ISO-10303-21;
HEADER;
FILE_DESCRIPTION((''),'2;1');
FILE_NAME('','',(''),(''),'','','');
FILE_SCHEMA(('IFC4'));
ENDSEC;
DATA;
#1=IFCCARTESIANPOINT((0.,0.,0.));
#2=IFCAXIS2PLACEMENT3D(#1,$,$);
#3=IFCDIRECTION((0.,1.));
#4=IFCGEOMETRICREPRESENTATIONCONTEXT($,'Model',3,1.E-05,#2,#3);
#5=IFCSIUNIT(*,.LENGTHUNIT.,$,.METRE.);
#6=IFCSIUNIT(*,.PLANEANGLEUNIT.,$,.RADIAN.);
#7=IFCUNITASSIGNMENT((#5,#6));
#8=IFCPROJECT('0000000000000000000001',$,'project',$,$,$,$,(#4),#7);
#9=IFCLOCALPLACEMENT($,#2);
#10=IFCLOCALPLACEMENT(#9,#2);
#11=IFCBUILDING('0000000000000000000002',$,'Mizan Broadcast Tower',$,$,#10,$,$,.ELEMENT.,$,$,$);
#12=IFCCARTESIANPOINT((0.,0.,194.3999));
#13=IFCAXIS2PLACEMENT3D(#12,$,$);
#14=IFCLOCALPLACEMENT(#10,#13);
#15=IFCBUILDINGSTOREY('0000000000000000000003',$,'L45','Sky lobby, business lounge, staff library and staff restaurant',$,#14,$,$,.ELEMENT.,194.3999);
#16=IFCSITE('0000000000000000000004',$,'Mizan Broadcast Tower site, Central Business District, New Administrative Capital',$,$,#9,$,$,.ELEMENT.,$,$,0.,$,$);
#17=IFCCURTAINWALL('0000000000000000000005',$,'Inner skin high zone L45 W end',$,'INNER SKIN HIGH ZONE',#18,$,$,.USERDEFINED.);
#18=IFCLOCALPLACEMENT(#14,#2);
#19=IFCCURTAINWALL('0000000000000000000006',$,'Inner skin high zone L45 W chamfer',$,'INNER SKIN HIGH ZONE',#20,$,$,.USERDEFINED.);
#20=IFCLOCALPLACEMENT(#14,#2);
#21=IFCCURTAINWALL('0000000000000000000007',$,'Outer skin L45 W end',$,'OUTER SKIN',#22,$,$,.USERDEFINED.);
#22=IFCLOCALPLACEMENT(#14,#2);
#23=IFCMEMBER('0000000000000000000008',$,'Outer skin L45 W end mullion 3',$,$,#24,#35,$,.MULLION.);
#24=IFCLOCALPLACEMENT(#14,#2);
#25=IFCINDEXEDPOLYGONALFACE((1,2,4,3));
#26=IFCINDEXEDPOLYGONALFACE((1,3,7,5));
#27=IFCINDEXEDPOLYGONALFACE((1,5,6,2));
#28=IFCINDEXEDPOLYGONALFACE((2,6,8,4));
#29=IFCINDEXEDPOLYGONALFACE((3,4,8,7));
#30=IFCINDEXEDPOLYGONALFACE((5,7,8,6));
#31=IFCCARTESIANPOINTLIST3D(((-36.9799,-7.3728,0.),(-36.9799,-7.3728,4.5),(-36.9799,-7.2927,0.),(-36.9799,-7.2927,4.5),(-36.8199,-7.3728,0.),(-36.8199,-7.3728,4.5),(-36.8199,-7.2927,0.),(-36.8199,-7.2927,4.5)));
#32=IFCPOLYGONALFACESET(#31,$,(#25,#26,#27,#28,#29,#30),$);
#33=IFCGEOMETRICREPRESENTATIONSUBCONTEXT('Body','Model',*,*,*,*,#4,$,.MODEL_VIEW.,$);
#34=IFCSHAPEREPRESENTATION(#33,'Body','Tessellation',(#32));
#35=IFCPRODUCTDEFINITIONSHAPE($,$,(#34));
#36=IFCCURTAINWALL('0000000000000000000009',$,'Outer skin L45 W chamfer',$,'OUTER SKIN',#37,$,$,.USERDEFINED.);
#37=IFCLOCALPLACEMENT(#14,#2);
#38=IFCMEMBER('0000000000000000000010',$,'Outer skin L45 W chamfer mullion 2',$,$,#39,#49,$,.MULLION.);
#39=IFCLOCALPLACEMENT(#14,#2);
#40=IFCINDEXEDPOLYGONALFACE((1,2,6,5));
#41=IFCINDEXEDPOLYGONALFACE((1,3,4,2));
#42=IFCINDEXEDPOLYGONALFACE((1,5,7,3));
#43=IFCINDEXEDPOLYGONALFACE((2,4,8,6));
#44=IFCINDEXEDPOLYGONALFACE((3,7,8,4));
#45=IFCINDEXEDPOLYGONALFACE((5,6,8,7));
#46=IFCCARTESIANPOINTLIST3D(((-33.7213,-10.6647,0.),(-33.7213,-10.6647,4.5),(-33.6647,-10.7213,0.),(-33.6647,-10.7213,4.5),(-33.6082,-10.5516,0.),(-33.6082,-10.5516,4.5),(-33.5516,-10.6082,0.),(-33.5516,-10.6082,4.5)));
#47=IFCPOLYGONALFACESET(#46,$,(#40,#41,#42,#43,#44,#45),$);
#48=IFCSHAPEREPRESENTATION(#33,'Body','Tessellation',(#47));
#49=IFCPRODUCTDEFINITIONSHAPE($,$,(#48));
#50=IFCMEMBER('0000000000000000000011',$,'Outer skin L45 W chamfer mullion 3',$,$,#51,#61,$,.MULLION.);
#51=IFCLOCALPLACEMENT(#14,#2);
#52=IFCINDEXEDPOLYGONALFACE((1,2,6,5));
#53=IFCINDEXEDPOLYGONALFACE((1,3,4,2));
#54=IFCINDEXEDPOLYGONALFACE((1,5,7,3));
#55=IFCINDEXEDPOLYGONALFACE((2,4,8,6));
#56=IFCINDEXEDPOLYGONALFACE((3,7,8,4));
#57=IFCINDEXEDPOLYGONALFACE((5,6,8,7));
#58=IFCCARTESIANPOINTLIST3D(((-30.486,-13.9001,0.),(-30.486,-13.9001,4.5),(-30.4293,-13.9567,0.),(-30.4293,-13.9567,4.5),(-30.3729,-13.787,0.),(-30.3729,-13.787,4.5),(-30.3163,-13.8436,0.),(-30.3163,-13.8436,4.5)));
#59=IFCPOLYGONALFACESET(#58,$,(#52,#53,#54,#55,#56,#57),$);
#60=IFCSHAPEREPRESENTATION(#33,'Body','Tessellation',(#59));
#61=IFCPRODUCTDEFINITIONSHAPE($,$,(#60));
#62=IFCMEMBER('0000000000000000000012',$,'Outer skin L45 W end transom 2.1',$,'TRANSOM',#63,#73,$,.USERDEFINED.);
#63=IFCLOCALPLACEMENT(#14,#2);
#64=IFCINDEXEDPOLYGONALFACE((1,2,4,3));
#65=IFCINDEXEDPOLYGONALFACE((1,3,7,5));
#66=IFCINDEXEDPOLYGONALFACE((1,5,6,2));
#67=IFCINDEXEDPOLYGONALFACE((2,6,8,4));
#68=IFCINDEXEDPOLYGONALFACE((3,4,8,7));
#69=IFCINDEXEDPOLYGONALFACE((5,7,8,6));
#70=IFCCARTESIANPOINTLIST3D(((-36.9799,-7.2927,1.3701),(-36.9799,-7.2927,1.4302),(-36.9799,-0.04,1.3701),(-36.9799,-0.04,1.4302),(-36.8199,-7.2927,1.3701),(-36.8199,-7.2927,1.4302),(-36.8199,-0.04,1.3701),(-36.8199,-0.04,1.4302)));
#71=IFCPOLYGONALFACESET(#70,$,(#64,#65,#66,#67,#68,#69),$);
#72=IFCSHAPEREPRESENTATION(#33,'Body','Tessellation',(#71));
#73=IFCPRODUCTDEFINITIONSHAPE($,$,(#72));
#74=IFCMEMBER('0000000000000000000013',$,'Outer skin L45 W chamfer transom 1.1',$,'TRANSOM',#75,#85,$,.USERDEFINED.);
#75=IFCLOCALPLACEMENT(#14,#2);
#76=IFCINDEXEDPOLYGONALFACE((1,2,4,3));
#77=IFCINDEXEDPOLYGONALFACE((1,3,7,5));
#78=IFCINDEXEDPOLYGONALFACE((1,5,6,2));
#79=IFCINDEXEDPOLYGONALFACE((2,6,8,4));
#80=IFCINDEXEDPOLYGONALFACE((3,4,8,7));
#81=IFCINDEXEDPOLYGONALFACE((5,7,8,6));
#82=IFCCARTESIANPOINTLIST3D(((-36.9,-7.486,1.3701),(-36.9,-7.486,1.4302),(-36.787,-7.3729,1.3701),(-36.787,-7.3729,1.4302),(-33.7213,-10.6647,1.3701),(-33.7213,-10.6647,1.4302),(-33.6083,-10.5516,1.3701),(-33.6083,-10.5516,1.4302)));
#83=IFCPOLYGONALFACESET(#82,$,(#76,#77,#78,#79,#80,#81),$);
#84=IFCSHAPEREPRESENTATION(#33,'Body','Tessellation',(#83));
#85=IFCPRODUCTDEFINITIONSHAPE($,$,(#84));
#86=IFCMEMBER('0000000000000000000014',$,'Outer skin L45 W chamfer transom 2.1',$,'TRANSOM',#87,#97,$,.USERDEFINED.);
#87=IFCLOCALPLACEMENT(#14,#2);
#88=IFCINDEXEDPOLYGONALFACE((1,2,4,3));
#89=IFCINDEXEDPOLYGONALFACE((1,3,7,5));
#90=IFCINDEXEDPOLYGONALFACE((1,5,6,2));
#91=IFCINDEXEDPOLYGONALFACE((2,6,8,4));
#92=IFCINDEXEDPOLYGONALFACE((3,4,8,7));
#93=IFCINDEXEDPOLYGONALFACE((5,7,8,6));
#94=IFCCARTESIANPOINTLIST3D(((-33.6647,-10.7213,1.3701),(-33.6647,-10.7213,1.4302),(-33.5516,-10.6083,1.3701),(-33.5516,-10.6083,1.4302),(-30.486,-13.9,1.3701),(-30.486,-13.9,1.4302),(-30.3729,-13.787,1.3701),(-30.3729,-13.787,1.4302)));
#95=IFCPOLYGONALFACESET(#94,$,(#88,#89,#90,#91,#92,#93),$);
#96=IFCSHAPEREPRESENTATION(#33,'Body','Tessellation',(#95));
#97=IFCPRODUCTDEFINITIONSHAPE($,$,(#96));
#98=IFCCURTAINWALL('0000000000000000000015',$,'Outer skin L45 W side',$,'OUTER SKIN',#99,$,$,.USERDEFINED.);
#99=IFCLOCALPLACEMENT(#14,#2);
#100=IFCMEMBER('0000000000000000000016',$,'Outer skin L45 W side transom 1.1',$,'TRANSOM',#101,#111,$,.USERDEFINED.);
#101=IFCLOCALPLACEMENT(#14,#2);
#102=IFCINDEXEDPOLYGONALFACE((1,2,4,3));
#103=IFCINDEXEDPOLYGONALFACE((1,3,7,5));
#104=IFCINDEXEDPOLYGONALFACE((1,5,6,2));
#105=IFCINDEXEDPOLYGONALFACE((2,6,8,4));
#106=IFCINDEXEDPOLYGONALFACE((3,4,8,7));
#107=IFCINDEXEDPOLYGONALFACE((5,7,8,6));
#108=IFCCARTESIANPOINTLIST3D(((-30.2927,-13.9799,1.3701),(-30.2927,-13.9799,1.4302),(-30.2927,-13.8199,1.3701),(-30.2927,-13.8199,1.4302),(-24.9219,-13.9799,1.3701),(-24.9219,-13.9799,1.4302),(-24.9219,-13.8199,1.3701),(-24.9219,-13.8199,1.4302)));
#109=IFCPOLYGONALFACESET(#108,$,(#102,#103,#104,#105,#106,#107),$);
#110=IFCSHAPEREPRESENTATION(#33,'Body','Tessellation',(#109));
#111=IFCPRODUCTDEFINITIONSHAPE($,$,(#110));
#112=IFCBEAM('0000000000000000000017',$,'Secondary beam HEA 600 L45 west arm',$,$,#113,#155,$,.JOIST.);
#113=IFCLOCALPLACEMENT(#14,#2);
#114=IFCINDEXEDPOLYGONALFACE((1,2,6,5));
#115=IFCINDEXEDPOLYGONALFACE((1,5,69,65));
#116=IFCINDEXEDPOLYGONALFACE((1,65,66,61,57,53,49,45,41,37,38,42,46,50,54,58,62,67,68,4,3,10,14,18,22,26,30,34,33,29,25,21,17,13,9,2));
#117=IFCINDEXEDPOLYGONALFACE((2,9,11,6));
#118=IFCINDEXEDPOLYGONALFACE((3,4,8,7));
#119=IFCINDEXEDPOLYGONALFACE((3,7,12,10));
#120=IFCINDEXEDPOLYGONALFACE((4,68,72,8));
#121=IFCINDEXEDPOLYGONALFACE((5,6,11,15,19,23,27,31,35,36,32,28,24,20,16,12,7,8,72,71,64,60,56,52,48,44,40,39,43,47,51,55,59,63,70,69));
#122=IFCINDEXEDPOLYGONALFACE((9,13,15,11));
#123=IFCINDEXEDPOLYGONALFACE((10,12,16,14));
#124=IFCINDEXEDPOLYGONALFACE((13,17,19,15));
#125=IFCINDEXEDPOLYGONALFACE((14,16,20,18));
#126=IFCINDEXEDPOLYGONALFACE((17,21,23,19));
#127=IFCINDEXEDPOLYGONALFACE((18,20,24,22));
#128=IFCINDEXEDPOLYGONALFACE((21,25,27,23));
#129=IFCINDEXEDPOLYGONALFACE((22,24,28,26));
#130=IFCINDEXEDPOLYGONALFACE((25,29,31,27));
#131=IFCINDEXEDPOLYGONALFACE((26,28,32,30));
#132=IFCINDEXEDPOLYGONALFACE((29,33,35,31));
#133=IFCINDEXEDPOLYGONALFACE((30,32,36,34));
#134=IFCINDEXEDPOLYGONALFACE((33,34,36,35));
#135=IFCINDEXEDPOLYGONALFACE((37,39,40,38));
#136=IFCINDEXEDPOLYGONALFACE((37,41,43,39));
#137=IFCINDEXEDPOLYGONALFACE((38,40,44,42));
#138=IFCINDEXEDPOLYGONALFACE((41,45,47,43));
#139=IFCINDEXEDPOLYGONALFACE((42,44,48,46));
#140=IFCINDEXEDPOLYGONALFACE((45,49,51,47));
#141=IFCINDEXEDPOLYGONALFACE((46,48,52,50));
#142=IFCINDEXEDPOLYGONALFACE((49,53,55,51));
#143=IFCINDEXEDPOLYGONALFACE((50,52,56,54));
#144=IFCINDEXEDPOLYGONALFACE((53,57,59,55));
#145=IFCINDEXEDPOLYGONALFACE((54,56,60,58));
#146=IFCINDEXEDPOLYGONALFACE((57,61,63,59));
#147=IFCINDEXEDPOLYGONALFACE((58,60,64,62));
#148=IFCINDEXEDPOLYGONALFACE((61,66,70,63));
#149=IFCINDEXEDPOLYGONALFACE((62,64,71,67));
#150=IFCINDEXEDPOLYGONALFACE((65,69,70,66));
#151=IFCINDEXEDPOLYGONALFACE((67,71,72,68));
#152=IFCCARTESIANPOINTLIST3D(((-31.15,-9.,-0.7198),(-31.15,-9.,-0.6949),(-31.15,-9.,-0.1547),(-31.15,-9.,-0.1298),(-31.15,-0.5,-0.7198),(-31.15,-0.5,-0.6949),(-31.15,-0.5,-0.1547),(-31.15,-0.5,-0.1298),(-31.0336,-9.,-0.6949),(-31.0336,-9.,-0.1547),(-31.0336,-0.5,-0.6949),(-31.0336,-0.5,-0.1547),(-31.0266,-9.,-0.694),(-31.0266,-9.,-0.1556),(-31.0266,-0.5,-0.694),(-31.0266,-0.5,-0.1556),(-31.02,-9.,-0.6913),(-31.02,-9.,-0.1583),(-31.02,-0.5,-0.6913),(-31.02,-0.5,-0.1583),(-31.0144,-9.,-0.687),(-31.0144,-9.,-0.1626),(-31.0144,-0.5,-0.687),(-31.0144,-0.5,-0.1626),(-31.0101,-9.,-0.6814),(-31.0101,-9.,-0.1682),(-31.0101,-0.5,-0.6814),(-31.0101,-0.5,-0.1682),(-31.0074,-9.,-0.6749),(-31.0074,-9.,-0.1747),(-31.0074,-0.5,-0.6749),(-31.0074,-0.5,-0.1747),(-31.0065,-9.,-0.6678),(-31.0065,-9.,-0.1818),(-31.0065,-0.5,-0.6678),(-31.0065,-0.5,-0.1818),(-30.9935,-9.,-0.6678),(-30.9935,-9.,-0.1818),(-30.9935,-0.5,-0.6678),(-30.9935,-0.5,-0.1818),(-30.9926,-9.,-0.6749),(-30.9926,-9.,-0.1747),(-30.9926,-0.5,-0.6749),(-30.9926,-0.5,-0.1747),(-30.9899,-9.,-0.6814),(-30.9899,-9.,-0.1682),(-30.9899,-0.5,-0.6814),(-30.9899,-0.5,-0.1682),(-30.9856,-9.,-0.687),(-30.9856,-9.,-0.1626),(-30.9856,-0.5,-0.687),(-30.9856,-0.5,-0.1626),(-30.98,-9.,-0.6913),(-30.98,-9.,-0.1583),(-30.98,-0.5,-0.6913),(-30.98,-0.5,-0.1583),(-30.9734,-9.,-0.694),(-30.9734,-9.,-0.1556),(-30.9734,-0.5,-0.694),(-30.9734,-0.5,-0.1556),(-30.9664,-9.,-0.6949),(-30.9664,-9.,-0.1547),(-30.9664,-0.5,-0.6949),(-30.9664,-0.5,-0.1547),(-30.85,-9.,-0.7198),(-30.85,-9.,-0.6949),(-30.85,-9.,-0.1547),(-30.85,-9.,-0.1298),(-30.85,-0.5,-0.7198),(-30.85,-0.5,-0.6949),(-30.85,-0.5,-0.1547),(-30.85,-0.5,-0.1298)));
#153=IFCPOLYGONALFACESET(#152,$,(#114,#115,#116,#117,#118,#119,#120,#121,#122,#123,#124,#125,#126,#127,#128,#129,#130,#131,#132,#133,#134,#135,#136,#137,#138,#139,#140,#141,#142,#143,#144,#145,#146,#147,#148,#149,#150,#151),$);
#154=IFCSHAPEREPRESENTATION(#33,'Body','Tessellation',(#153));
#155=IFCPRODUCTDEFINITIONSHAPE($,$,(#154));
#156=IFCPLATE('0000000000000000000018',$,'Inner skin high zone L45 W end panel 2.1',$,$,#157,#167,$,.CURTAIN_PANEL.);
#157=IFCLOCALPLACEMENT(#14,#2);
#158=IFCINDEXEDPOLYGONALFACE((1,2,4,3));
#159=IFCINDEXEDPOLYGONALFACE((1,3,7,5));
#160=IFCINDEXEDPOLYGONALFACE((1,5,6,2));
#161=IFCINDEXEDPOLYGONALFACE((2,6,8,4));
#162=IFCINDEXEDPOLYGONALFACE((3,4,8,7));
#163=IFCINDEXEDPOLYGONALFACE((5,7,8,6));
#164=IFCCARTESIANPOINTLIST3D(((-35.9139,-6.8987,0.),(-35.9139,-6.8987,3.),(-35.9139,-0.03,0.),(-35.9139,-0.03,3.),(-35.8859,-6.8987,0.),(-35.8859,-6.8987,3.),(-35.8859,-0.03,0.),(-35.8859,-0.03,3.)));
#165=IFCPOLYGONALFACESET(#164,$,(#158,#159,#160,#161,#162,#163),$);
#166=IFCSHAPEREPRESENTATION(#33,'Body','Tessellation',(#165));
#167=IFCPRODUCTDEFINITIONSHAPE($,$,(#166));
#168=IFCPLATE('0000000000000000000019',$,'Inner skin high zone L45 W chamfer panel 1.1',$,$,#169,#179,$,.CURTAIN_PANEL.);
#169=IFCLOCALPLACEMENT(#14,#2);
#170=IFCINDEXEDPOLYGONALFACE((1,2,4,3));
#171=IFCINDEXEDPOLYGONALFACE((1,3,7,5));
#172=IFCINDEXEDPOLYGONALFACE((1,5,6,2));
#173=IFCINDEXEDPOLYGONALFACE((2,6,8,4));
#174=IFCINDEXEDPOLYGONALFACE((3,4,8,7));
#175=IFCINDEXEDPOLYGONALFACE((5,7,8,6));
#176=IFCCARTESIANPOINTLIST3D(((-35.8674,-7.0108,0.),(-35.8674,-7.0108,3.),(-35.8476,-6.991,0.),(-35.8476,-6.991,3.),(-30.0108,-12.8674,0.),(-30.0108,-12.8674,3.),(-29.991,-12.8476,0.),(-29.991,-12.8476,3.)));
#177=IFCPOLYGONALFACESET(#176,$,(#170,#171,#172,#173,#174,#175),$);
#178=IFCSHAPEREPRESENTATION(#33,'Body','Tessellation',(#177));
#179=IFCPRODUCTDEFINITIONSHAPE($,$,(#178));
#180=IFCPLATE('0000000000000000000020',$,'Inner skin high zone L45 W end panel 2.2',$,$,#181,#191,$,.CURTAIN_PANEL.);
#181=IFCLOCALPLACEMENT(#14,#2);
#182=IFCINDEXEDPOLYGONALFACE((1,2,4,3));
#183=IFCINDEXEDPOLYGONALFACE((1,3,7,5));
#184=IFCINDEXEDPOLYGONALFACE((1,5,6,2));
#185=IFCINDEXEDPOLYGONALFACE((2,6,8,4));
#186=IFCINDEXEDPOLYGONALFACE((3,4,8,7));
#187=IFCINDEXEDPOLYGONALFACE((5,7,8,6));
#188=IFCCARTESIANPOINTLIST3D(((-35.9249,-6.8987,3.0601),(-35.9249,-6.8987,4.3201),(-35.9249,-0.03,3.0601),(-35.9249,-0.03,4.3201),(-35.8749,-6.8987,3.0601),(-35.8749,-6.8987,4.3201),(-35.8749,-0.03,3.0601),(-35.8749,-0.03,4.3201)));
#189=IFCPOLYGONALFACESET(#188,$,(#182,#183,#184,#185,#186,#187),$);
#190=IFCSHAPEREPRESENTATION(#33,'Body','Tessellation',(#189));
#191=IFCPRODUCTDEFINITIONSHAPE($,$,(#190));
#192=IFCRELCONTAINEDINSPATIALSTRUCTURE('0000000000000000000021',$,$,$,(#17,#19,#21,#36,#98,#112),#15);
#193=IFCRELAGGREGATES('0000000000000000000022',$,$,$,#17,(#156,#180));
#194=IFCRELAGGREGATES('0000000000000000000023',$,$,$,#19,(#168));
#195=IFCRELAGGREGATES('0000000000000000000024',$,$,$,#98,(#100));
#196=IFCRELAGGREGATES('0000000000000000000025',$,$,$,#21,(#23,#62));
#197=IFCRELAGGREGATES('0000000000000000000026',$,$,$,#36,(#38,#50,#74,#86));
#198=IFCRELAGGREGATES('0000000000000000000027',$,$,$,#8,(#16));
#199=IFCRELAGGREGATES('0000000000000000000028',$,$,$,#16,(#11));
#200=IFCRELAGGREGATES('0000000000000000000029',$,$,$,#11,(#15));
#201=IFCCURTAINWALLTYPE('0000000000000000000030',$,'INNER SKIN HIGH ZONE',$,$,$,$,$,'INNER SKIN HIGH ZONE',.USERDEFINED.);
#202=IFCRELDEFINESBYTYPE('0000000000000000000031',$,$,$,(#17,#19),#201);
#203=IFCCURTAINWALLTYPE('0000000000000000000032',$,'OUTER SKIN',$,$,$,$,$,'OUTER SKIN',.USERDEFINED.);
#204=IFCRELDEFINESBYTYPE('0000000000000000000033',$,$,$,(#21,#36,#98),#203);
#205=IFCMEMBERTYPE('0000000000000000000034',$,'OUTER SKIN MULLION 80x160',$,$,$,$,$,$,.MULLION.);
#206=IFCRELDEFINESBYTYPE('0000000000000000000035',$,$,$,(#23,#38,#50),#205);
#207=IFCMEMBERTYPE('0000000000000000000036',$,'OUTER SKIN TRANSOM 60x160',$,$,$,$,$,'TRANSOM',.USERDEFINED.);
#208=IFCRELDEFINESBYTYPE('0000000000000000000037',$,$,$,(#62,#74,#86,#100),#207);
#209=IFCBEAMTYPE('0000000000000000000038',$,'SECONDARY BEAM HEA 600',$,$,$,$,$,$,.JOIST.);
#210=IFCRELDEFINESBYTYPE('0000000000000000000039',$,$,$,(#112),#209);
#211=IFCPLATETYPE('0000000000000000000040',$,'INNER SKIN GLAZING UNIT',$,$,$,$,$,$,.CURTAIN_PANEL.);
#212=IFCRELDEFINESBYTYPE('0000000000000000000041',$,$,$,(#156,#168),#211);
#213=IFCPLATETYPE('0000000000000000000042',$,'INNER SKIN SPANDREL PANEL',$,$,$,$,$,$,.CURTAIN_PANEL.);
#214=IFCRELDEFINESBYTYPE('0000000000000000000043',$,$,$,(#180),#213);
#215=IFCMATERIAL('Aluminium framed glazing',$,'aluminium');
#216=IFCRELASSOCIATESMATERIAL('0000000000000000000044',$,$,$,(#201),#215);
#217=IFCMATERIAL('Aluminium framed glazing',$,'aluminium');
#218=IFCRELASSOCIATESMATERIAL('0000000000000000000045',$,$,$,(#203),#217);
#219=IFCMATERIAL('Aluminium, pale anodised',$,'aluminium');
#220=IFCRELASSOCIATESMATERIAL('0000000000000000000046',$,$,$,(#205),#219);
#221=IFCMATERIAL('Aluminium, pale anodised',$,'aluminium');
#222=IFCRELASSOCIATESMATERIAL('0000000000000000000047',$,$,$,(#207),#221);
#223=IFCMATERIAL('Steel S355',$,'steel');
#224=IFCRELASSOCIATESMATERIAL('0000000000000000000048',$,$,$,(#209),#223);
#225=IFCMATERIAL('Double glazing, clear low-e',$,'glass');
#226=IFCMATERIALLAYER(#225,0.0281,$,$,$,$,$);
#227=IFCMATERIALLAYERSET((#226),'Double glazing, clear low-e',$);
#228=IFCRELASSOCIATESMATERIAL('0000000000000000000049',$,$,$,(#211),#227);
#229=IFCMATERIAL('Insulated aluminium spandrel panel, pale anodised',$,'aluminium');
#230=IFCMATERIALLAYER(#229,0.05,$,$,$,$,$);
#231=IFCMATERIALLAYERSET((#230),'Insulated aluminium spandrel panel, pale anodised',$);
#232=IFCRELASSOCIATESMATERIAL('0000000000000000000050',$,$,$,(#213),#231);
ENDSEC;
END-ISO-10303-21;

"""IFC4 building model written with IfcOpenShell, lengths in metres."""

from ifc_helpers import new_model, si_unit, direction, frame, origin, origin_2d, place, context, subcontext, project, spatial, rectangle, i_section, extrude, material, layer, layer_set, material_profile, profile_set, type_object, element, aggregate, save


model = new_model("IFC4")

# Units and contexts
model_context = context("Model", 3, precision=1e-05, world=origin(), true_north=direction((0.0, 1.0)))
body_context = subcontext(model_context, "Body", "Model", "MODEL_VIEW")
ifc_project = project(units=[si_unit("LENGTHUNIT", "METRE"), si_unit("PLANEANGLEUNIT", "RADIAN")], contexts=[model_context])

# Site, building, storey
site_placement = place(None, origin())
site = spatial("IfcSite", under=ifc_project, at=site_placement, Name="Mizan Broadcast Tower site, Central Business District, New Administrative Capital", CompositionType="ELEMENT", RefElevation=0.0)
building_placement = place(site_placement, origin())
building = spatial("IfcBuilding", under=site, at=building_placement, Name="Mizan Broadcast Tower", CompositionType="ELEMENT")
storey_placement = place(building_placement, frame((0.0, 0.0, 194.3999)))
storey = spatial("IfcBuildingStorey", under=building, at=storey_placement, Name="L45", Description="Sky lobby, business lounge, staff library and staff restaurant", CompositionType="ELEMENT", Elevation=194.3999)

# Curtain wall
ifc_material_1 = material(Name="Aluminium framed glazing", Category="aluminium")
curtain_wall_type_1 = type_object("IfcCurtainWallType", Name="INNER SKIN HIGH ZONE", ElementType="INNER SKIN HIGH ZONE", PredefinedType="USERDEFINED", material=ifc_material_1)
curtain_wall_1_placement = place(storey_placement, origin())
curtain_wall_1 = element("IfcCurtainWall", 1, at=curtain_wall_1_placement, inside=storey, type_object=curtain_wall_type_1, Name="Inner skin high zone L45 W end", ObjectType="INNER SKIN HIGH ZONE", PredefinedType="USERDEFINED")

# Curtain wall
curtain_wall_2_placement = place(storey_placement, origin())
curtain_wall_2 = element("IfcCurtainWall", 2, at=curtain_wall_2_placement, inside=storey, type_object=curtain_wall_type_1, Name="Inner skin high zone L45 W chamfer", ObjectType="INNER SKIN HIGH ZONE", PredefinedType="USERDEFINED")

# Curtain walls, members
ifc_material_2 = material(Name="Aluminium framed glazing", Category="aluminium")
curtain_wall_type_2 = type_object("IfcCurtainWallType", Name="OUTER SKIN", ElementType="OUTER SKIN", PredefinedType="USERDEFINED", material=ifc_material_2)
curtain_wall_3_placement = place(storey_placement, origin())
curtain_wall_3 = element("IfcCurtainWall", 3, at=curtain_wall_3_placement, inside=storey, type_object=curtain_wall_type_2, Name="Outer skin L45 W end", ObjectType="OUTER SKIN", PredefinedType="USERDEFINED")
ifc_material_3 = material(Name="Aluminium, pale anodised", Category="aluminium")
ifc_material_profile_1 = material_profile(ifc_material_3, rectangle(XDim=0.1599, YDim=0.0801, at=origin_2d()), Name="MULLION 160x80")
ifc_profile_set_1 = profile_set([ifc_material_profile_1], Name="Aluminium, pale anodised")
member_type_1 = type_object("IfcMemberType", Name="OUTER SKIN MULLION 80x160", PredefinedType="MULLION", material=ifc_profile_set_1)
member_1_placement = place(storey_placement, frame((-36.8999, -7.3328, 0.0), z_axis=(0.0, 0.0, 1.0), x_axis=(1.0, 0.0, 0.0)))
member_1 = element("IfcMember", 4, at=member_1_placement, type_object=member_type_1, Name="Outer skin L45 W end mullion 3", PredefinedType="MULLION", context=body_context, shape_type="SweptSolid", body=[
    extrude(rectangle(XDim=0.1599, YDim=0.0801, at=origin_2d()), origin(), (0.0, 0.0, 1.0), 4.5),
])
curtain_wall_4_placement = place(storey_placement, origin())
curtain_wall_4 = element("IfcCurtainWall", 5, at=curtain_wall_4_placement, inside=storey, type_object=curtain_wall_type_2, Name="Outer skin L45 W chamfer", ObjectType="OUTER SKIN", PredefinedType="USERDEFINED")
member_2_placement = place(storey_placement, frame((-33.6365, -10.6365, 0.0), z_axis=(0.0, 0.0, 1.0), x_axis=(0.707107, 0.707107, 0.0)))
member_2 = element("IfcMember", 6, at=member_2_placement, type_object=member_type_1, Name="Outer skin L45 W chamfer mullion 2", PredefinedType="MULLION", context=body_context, shape_type="SweptSolid", body=[
    extrude(rectangle(XDim=0.1599, YDim=0.0801, at=origin_2d()), origin(), (0.0, 0.0, 1.0), 4.5),
])
member_3_placement = place(storey_placement, frame((-30.4011, -13.8718, 0.0), z_axis=(0.0, 0.0, 1.0), x_axis=(0.707107, 0.707107, 0.0)))
member_3 = element("IfcMember", 7, at=member_3_placement, type_object=member_type_1, Name="Outer skin L45 W chamfer mullion 3", PredefinedType="MULLION", context=body_context, shape_type="SweptSolid", body=[
    extrude(rectangle(XDim=0.1599, YDim=0.0801, at=origin_2d()), origin(), (0.0, 0.0, 1.0), 4.5),
])

# Members
ifc_material_4 = material(Name="Aluminium, pale anodised", Category="aluminium")
ifc_material_profile_2 = material_profile(ifc_material_4, rectangle(XDim=0.1599, YDim=0.0601, at=origin_2d()), Name="TRANSOM 160x60")
ifc_profile_set_2 = profile_set([ifc_material_profile_2], Name="Aluminium, pale anodised")
member_type_2 = type_object("IfcMemberType", Name="OUTER SKIN TRANSOM 60x160", ElementType="TRANSOM", PredefinedType="USERDEFINED", material=ifc_profile_set_2)
member_4_placement = place(storey_placement, frame((-36.8999, -0.04, 1.4001), z_axis=(0.0, -1.0, 0.0), x_axis=(1.0, 0.0, 0.0)))
member_4 = element("IfcMember", 8, at=member_4_placement, type_object=member_type_2, Name="Outer skin L45 W end transom 2.1", ObjectType="TRANSOM", PredefinedType="USERDEFINED", context=body_context, shape_type="SweptSolid", body=[
    extrude(rectangle(XDim=0.1599, YDim=0.0601, at=origin_2d()), origin(), (0.0, 0.0, 1.0), 7.2527),
])
member_5_placement = place(storey_placement, frame((-36.8435, -7.4294, 1.4001), z_axis=(0.707107, -0.707107, 0.0), x_axis=(0.707107, 0.707107, 0.0)))
member_5 = element("IfcMember", 9, at=member_5_placement, type_object=member_type_2, Name="Outer skin L45 W chamfer transom 1.1", ObjectType="TRANSOM", PredefinedType="USERDEFINED", context=body_context, shape_type="SweptSolid", body=[
    extrude(rectangle(XDim=0.1599, YDim=0.0601, at=origin_2d()), origin(), (0.0, 0.0, 1.0), 4.4954),
])
member_6_placement = place(storey_placement, frame((-33.6082, -10.6648, 1.4001), z_axis=(0.707107, -0.707107, 0.0), x_axis=(0.707107, 0.707107, 0.0)))
member_6 = element("IfcMember", 10, at=member_6_placement, type_object=member_type_2, Name="Outer skin L45 W chamfer transom 2.1", ObjectType="TRANSOM", PredefinedType="USERDEFINED", context=body_context, shape_type="SweptSolid", body=[
    extrude(rectangle(XDim=0.1599, YDim=0.0601, at=origin_2d()), origin(), (0.0, 0.0, 1.0), 4.4954),
])

# Curtain wall, member
curtain_wall_5_placement = place(storey_placement, origin())
curtain_wall_5 = element("IfcCurtainWall", 11, at=curtain_wall_5_placement, inside=storey, type_object=curtain_wall_type_2, Name="Outer skin L45 W side", ObjectType="OUTER SKIN", PredefinedType="USERDEFINED")
member_7_placement = place(storey_placement, frame((-30.2927, -13.8999, 1.4001), z_axis=(1.0, 0.0, 0.0), x_axis=(0.0, 1.0, 0.0)))
member_7 = element("IfcMember", 12, at=member_7_placement, type_object=member_type_2, Name="Outer skin L45 W side transom 1.1", ObjectType="TRANSOM", PredefinedType="USERDEFINED", context=body_context, shape_type="SweptSolid", body=[
    extrude(rectangle(XDim=0.1599, YDim=0.0601, at=origin_2d()), origin(), (0.0, 0.0, 1.0), 5.3708),
])

# Beam
ifc_material_5 = material(Name="Steel S355", Category="steel")
ifc_material_profile_3 = material_profile(ifc_material_5, i_section(OverallWidth=0.3, OverallDepth=0.5901, WebThickness=0.0129, FlangeThickness=0.0249, FilletRadius=0.0271, at=origin_2d()), Name="HEA 600")
ifc_profile_set_3 = profile_set([ifc_material_profile_3], Name="Steel S355")
beam_type_1 = type_object("IfcBeamType", Name="SECONDARY BEAM HEA 600", PredefinedType="JOIST", material=ifc_profile_set_3)
beam_1_placement = place(storey_placement, frame((-31.0, -9.0, -0.4248), z_axis=(0.0, 1.0, 0.0), x_axis=(-1.0, 0.0, 0.0)))
element("IfcBeam", 13, at=beam_1_placement, inside=storey, type_object=beam_type_1, Name="Secondary beam HEA 600 L45 west arm", PredefinedType="JOIST", context=body_context, shape_type="SweptSolid", body=[
    extrude(i_section(OverallWidth=0.3, OverallDepth=0.5901, WebThickness=0.0129, FlangeThickness=0.0249, FilletRadius=0.0271, at=origin_2d()), origin(), (0.0, 0.0, 1.0), 8.5),
])

# Plates
ifc_material_6 = material(Name="Double glazing, clear low-e", Category="glass")
ifc_layer_1 = layer(ifc_material_6, 0.0281)
ifc_layer_set_1 = layer_set([ifc_layer_1], Name="Double glazing, clear low-e")
plate_type_1 = type_object("IfcPlateType", Name="INNER SKIN GLAZING UNIT", PredefinedType="CURTAIN_PANEL", material=ifc_layer_set_1)
plate_1_placement = place(storey_placement, frame((-35.8999, -3.4644, 0.0), z_axis=(0.0, 0.0, 1.0), x_axis=(0.0, -1.0, 0.0)))
plate_1 = element("IfcPlate", 14, at=plate_1_placement, type_object=plate_type_1, Name="Inner skin high zone L45 W end panel 2.1", PredefinedType="CURTAIN_PANEL", context=body_context, shape_type="SweptSolid", body=[
    extrude(rectangle(XDim=6.8687, YDim=0.0281, at=origin_2d()), origin(), (0.0, 0.0, 1.0), 3.0),
])
plate_2_placement = place(storey_placement, frame((-32.9292, -9.9292, 0.0), z_axis=(0.0, 0.0, 1.0), x_axis=(0.707107, -0.707107, 0.0)))
plate_2 = element("IfcPlate", 15, at=plate_2_placement, type_object=plate_type_1, Name="Inner skin high zone L45 W chamfer panel 1.1", PredefinedType="CURTAIN_PANEL", context=body_context, shape_type="SweptSolid", body=[
    extrude(rectangle(XDim=8.2825, YDim=0.0281, at=origin_2d()), origin(), (0.0, 0.0, 1.0), 3.0),
])
ifc_material_7 = material(Name="Insulated aluminium spandrel panel, pale anodised", Category="aluminium")
ifc_layer_2 = layer(ifc_material_7, 0.05)
ifc_layer_set_2 = layer_set([ifc_layer_2], Name="Insulated aluminium spandrel panel, pale anodised")
plate_type_2 = type_object("IfcPlateType", Name="INNER SKIN SPANDREL PANEL", PredefinedType="CURTAIN_PANEL", material=ifc_layer_set_2)
plate_3_placement = place(storey_placement, frame((-35.8999, -3.4644, 3.0601), z_axis=(0.0, 0.0, 1.0), x_axis=(0.0, -1.0, 0.0)))
plate_3 = element("IfcPlate", 16, at=plate_3_placement, type_object=plate_type_2, Name="Inner skin high zone L45 W end panel 2.2", PredefinedType="CURTAIN_PANEL", context=body_context, shape_type="SweptSolid", body=[
    extrude(rectangle(XDim=6.8687, YDim=0.05, at=origin_2d()), origin(), (0.0, 0.0, 1.0), 1.26),
])
aggregate(curtain_wall_1, [plate_1, plate_3])
aggregate(curtain_wall_2, [plate_2])
aggregate(curtain_wall_5, [member_7])
aggregate(curtain_wall_3, [member_1, member_4])
aggregate(curtain_wall_4, [member_2, member_3, member_5, member_6])

save(model, "model.ifc")
